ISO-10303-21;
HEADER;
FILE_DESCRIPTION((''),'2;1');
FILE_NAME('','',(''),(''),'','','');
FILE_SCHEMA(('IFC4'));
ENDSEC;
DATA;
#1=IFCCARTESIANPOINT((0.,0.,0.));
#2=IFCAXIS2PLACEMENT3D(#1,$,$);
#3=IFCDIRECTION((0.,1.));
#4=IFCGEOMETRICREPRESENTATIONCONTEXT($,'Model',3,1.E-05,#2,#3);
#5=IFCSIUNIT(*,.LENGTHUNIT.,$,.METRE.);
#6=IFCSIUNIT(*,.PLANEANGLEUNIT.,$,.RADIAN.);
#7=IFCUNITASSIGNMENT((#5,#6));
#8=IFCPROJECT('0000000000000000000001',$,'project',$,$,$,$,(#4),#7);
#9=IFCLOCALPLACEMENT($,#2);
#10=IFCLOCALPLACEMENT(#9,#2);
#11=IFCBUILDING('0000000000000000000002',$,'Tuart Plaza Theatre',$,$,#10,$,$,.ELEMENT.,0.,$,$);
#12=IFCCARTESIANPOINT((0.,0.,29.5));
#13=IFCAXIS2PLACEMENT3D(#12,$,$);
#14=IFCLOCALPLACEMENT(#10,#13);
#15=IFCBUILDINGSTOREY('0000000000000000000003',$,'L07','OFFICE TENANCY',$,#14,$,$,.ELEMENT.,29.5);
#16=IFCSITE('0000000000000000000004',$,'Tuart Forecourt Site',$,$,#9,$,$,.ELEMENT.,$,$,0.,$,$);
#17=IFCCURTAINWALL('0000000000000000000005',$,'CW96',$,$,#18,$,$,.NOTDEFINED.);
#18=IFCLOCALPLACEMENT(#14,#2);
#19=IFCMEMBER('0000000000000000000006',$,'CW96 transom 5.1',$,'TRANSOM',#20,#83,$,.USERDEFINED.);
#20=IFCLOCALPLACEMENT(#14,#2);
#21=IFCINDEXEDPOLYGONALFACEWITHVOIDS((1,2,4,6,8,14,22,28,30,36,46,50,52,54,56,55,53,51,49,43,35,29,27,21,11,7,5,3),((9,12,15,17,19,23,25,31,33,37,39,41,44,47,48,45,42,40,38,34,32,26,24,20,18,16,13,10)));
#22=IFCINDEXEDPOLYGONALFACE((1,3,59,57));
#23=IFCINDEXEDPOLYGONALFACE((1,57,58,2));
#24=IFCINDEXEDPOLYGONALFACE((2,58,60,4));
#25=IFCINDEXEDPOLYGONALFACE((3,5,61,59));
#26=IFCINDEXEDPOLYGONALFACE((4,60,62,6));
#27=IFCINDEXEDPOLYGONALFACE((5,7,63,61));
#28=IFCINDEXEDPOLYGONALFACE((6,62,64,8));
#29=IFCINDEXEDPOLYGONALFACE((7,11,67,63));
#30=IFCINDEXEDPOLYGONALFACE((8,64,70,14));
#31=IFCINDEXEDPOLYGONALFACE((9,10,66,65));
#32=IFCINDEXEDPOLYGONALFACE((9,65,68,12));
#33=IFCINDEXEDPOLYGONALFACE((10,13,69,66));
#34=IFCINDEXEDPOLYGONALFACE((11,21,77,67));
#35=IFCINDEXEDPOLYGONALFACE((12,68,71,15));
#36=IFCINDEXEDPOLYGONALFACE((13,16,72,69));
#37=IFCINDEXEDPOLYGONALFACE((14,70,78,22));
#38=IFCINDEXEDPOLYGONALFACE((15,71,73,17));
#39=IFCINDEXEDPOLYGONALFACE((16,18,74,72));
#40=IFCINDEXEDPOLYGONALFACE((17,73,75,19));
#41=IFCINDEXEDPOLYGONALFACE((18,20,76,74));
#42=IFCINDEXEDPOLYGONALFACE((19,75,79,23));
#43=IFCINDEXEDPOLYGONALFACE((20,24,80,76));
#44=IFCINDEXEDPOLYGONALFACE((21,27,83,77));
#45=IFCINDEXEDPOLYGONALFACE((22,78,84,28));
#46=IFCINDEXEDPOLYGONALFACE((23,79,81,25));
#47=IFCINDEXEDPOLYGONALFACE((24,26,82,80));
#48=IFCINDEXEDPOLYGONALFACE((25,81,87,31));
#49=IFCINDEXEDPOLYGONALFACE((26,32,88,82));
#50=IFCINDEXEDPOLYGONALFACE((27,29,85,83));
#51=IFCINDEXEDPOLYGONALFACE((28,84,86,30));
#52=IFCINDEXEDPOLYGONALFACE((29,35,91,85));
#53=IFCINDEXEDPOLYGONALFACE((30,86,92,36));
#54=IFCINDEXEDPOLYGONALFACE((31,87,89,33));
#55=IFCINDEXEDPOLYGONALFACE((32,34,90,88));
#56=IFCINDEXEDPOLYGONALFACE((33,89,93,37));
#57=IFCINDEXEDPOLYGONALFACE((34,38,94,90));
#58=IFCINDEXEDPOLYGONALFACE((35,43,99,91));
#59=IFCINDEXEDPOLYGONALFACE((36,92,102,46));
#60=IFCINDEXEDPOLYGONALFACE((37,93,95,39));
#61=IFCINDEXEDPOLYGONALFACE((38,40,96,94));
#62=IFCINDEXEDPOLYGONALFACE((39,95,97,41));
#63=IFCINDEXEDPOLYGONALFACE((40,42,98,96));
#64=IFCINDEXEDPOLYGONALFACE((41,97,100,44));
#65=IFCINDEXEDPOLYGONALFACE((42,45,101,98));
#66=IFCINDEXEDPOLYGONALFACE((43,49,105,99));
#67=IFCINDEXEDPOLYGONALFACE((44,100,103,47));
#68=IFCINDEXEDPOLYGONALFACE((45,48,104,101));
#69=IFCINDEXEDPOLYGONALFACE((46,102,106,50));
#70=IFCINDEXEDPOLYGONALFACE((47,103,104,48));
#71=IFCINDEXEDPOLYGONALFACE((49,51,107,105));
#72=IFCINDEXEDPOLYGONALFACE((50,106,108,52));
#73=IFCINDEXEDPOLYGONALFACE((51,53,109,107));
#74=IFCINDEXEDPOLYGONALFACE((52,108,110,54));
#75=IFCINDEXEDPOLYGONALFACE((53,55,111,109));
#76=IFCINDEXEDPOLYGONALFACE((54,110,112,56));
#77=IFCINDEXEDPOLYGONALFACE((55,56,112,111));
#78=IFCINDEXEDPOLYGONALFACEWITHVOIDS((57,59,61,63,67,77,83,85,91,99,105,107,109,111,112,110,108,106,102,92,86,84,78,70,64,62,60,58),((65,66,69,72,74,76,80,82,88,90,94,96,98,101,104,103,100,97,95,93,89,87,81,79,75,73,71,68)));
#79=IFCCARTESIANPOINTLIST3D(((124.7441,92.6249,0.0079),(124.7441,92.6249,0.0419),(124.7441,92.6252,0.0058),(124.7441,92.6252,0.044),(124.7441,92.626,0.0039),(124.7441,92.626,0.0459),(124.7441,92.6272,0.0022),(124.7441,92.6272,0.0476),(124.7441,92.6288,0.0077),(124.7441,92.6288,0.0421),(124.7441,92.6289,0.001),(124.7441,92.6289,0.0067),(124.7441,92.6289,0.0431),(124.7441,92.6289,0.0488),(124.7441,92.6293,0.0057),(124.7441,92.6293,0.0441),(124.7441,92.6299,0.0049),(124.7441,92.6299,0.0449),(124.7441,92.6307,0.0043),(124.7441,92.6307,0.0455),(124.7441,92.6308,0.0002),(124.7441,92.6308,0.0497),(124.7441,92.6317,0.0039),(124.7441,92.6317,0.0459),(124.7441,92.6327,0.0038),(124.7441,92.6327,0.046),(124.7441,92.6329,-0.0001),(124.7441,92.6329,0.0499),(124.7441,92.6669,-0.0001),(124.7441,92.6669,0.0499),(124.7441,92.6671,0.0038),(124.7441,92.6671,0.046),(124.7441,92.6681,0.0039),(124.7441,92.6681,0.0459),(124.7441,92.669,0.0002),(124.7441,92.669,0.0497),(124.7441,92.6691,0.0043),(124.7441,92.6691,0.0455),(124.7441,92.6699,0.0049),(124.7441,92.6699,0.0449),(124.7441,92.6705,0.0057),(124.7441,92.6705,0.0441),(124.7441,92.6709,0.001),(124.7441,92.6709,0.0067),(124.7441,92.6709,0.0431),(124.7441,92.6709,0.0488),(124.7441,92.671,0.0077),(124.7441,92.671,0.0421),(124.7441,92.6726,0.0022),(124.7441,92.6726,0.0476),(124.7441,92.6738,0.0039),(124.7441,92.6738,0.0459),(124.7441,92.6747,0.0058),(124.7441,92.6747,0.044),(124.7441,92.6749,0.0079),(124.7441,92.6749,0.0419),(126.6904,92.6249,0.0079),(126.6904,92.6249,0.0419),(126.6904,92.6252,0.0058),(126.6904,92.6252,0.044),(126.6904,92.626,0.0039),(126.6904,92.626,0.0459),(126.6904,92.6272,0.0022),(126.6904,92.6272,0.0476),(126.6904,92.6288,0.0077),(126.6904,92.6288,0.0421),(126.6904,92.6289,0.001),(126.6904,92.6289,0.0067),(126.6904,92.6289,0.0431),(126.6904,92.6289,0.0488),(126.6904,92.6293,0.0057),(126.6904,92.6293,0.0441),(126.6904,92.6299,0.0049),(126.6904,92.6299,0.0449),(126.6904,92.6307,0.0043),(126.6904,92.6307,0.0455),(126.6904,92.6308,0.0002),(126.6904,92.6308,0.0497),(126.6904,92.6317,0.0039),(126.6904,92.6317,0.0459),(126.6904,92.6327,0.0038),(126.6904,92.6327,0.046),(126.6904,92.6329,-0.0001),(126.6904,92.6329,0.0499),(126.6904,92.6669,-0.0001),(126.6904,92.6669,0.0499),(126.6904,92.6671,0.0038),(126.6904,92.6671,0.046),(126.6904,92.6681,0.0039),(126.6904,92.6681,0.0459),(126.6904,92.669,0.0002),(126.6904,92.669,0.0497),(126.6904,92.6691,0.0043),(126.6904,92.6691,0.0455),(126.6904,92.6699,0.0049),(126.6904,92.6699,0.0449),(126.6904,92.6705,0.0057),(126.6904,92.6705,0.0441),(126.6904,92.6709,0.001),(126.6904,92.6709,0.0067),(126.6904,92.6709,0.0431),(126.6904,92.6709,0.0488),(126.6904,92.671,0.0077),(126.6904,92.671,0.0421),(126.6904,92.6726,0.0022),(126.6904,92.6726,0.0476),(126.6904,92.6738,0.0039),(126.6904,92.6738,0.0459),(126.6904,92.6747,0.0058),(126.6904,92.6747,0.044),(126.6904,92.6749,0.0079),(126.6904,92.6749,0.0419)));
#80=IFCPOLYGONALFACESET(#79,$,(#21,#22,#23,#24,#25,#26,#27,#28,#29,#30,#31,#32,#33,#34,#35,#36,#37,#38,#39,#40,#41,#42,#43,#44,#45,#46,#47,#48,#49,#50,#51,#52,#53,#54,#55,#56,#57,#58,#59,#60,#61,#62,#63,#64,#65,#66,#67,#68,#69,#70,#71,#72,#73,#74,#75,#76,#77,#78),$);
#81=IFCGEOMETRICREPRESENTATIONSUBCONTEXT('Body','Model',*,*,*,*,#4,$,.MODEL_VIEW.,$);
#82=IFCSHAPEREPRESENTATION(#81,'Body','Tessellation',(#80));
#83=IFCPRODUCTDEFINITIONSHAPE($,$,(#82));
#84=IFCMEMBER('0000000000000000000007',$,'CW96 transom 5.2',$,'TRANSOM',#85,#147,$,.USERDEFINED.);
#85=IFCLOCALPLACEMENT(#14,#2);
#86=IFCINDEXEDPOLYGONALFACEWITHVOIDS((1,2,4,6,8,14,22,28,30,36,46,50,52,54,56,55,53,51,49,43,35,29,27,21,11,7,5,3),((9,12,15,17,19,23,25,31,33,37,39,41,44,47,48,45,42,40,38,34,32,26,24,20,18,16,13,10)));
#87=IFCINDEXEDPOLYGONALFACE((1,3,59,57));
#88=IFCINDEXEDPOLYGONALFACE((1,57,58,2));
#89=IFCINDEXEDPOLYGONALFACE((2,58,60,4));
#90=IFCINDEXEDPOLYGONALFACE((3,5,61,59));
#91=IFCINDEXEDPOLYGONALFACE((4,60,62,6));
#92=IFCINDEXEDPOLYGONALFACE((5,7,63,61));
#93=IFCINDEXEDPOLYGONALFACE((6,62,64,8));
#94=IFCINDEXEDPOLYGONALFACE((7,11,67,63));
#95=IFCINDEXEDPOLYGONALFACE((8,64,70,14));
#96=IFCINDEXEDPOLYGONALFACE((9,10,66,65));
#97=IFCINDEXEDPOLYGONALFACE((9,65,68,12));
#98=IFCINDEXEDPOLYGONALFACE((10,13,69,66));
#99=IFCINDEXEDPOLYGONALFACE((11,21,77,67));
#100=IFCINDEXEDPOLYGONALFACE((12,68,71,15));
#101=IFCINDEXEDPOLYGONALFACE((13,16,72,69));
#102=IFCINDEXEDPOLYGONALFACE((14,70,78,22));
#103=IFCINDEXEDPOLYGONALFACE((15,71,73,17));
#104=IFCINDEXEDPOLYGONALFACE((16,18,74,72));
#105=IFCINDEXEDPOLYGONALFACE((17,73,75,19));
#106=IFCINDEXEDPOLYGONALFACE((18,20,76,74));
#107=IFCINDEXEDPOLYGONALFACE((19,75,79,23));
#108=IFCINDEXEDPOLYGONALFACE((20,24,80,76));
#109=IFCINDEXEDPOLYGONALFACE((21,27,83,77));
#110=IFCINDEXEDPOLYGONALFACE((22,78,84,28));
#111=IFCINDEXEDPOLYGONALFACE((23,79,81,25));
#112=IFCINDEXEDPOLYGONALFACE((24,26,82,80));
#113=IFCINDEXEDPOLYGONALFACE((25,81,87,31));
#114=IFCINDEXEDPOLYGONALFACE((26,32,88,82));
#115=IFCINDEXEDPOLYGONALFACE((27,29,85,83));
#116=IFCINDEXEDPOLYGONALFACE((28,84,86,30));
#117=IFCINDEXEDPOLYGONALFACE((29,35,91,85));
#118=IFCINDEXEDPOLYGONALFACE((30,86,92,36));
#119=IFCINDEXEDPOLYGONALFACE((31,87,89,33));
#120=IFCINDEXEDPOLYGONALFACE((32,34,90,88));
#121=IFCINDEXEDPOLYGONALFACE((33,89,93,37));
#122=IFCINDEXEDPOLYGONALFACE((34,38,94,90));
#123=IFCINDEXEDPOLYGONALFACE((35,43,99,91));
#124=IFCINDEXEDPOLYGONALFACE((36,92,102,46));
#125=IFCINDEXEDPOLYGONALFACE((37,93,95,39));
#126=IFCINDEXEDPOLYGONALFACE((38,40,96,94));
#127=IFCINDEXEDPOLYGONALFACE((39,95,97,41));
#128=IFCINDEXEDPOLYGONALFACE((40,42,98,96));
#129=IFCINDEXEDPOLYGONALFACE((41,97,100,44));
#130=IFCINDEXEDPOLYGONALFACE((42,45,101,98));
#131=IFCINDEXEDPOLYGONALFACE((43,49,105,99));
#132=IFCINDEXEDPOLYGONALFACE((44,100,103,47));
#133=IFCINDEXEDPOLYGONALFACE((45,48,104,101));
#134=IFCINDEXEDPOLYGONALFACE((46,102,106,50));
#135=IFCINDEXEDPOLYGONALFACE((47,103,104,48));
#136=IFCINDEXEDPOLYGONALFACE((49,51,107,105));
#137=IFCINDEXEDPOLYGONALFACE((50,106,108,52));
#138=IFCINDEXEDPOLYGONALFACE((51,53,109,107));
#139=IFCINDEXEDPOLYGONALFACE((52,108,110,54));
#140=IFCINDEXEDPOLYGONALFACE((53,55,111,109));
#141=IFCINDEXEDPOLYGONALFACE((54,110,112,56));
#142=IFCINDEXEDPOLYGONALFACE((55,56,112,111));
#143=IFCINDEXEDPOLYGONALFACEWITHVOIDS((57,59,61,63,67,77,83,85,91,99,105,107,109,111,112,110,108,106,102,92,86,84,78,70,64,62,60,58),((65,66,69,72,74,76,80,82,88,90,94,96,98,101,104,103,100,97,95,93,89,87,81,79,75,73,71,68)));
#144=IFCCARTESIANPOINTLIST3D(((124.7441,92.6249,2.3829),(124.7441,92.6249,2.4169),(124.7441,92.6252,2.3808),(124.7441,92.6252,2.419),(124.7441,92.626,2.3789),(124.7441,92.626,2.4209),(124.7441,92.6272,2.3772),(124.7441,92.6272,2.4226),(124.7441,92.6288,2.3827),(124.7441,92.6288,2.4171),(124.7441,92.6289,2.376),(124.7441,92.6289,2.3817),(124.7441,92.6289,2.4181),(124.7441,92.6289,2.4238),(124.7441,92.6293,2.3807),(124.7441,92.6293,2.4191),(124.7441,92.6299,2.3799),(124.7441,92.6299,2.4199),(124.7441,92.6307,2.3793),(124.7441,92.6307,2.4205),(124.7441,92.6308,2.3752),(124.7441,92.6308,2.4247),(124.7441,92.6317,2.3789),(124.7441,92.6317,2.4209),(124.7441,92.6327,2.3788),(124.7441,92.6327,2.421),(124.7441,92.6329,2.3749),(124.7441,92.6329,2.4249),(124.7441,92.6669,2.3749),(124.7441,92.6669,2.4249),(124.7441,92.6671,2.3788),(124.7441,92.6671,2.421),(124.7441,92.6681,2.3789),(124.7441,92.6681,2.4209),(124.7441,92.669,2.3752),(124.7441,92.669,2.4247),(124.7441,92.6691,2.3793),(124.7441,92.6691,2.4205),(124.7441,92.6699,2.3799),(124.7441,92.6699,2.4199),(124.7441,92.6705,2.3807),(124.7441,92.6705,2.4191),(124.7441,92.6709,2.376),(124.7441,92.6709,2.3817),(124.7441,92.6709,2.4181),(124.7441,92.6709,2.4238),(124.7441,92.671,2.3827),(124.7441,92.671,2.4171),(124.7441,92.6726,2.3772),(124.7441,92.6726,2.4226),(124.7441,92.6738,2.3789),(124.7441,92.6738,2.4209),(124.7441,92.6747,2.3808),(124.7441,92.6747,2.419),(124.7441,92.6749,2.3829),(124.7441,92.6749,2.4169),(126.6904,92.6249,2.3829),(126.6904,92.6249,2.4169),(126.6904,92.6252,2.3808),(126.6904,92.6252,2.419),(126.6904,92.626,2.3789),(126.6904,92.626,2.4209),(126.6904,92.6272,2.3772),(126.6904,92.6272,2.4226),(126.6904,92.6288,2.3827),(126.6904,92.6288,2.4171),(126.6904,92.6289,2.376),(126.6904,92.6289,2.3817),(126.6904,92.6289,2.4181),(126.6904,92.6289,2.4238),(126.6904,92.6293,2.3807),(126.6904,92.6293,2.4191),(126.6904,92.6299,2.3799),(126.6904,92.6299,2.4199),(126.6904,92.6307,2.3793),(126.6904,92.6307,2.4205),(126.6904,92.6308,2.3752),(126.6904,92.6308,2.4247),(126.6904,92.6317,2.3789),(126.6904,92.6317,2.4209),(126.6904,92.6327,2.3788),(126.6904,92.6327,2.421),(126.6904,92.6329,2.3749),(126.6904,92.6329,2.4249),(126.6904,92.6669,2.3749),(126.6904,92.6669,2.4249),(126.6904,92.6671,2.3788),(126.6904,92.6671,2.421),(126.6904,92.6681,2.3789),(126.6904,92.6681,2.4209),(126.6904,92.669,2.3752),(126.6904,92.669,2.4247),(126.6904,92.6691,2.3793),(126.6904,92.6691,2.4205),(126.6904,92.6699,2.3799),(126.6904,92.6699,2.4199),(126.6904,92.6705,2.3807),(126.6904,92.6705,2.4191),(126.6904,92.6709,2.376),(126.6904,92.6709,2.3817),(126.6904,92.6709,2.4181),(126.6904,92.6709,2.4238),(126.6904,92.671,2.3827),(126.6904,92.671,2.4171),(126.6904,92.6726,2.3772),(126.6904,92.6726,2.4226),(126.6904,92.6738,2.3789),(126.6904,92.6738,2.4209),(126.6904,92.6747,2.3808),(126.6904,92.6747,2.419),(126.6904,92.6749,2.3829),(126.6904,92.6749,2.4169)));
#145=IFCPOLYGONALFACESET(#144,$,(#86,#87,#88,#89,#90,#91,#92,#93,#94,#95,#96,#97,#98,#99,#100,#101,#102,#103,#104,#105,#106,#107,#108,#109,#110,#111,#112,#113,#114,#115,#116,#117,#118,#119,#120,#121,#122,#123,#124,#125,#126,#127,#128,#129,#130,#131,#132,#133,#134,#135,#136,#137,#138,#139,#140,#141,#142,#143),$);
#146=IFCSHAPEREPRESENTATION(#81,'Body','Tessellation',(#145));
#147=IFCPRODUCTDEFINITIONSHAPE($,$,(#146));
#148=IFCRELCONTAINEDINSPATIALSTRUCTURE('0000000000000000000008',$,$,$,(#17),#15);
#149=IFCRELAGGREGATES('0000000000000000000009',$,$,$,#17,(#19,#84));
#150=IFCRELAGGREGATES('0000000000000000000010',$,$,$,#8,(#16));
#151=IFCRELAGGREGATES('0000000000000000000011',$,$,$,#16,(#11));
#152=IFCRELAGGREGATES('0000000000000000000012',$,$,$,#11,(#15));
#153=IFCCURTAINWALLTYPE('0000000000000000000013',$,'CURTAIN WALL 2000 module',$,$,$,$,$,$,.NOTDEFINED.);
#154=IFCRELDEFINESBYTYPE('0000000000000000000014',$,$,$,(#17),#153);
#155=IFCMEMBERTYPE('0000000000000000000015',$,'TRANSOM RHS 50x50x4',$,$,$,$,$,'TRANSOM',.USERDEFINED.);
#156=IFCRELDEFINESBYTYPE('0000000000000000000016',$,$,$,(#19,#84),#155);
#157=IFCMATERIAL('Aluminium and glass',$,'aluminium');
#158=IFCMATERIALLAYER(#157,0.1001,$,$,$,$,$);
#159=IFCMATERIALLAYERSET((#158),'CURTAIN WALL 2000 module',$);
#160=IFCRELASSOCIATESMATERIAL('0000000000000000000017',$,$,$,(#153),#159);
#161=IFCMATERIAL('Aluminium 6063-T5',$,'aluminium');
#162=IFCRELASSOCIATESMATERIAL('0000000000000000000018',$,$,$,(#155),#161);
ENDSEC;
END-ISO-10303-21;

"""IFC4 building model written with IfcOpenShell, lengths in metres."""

from ifc_helpers import new_model, si_unit, direction, frame, origin, origin_2d, place, context, subcontext, project, spatial, hollow_rectangle, extrude, material, layer, layer_set, material_profile, profile_set, type_object, element, aggregate, save


model = new_model("IFC4")

# Units and contexts
model_context = context("Model", 3, precision=1e-05, world=origin(), true_north=direction((0.0, 1.0)))
body_context = subcontext(model_context, "Body", "Model", "MODEL_VIEW")
ifc_project = project(units=[si_unit("LENGTHUNIT", "METRE"), si_unit("PLANEANGLEUNIT", "RADIAN")], contexts=[model_context])

# Site, building, storey
site_placement = place(None, origin())
site = spatial("IfcSite", under=ifc_project, at=site_placement, Name="Tuart Forecourt Site", CompositionType="ELEMENT", RefElevation=0.0)
building_placement = place(site_placement, origin())
building = spatial("IfcBuilding", under=site, at=building_placement, Name="Tuart Plaza Theatre", CompositionType="ELEMENT", ElevationOfRefHeight=0.0)
storey_placement = place(building_placement, frame((0.0, 0.0, 29.5)))
storey = spatial("IfcBuildingStorey", under=building, at=storey_placement, Name="L07", Description="OFFICE TENANCY", CompositionType="ELEMENT", Elevation=29.5)

# Curtain wall, members
ifc_material_1 = material(Name="Aluminium and glass", Category="aluminium")
ifc_layer_1 = layer(ifc_material_1, 0.1001)
ifc_layer_set_1 = layer_set([ifc_layer_1], Name="CURTAIN WALL 2000 module")
curtain_wall_type = type_object("IfcCurtainWallType", Name="CURTAIN WALL 2000 module", PredefinedType="NOTDEFINED", material=ifc_layer_set_1)
curtain_wall_placement = place(storey_placement, origin())
curtain_wall = element("IfcCurtainWall", 1, at=curtain_wall_placement, inside=storey, type_object=curtain_wall_type, Name="CW96", PredefinedType="NOTDEFINED")
ifc_material_2 = material(Name="Aluminium 6063-T5", Category="aluminium")
ifc_material_profile_1 = material_profile(ifc_material_2, hollow_rectangle(XDim=0.05, YDim=0.05, WallThickness=0.0039, InnerFilletRadius=0.0039, OuterFilletRadius=0.0081, at=origin_2d()), Name="RHS 50x50x4")
ifc_profile_set_1 = profile_set([ifc_material_profile_1], Name="Aluminium 6063-T5")
member_type_1 = type_object("IfcMemberType", Name="TRANSOM RHS 50x50x4", ElementType="TRANSOM", PredefinedType="USERDEFINED", material=ifc_profile_set_1)
member_1_placement = place(storey_placement, frame((126.6904, 92.6499, 0.0249), z_axis=(-1.0, 0.0, 0.0), x_axis=(0.0, -1.0, 0.0)))
member_1 = element("IfcMember", 2, at=member_1_placement, type_object=member_type_1, Name="CW96 transom 5.1", ObjectType="TRANSOM", PredefinedType="USERDEFINED", context=body_context, shape_type="SweptSolid", body=[
    extrude(hollow_rectangle(XDim=0.05, YDim=0.05, WallThickness=0.0039, InnerFilletRadius=0.0039, OuterFilletRadius=0.0081, at=origin_2d()), origin(), (0.0, 0.0, 1.0), 1.9463),
])
member_2_placement = place(storey_placement, frame((126.6904, 92.6499, 2.3999), z_axis=(-1.0, 0.0, 0.0), x_axis=(0.0, -1.0, 0.0)))
member_2 = element("IfcMember", 3, at=member_2_placement, type_object=member_type_1, Name="CW96 transom 5.2", ObjectType="TRANSOM", PredefinedType="USERDEFINED", context=body_context, shape_type="SweptSolid", body=[
    extrude(hollow_rectangle(XDim=0.05, YDim=0.05, WallThickness=0.0039, InnerFilletRadius=0.0039, OuterFilletRadius=0.0081, at=origin_2d()), origin(), (0.0, 0.0, 1.0), 1.9463),
])
aggregate(curtain_wall, [member_1, member_2])

save(model, "model.ifc")
